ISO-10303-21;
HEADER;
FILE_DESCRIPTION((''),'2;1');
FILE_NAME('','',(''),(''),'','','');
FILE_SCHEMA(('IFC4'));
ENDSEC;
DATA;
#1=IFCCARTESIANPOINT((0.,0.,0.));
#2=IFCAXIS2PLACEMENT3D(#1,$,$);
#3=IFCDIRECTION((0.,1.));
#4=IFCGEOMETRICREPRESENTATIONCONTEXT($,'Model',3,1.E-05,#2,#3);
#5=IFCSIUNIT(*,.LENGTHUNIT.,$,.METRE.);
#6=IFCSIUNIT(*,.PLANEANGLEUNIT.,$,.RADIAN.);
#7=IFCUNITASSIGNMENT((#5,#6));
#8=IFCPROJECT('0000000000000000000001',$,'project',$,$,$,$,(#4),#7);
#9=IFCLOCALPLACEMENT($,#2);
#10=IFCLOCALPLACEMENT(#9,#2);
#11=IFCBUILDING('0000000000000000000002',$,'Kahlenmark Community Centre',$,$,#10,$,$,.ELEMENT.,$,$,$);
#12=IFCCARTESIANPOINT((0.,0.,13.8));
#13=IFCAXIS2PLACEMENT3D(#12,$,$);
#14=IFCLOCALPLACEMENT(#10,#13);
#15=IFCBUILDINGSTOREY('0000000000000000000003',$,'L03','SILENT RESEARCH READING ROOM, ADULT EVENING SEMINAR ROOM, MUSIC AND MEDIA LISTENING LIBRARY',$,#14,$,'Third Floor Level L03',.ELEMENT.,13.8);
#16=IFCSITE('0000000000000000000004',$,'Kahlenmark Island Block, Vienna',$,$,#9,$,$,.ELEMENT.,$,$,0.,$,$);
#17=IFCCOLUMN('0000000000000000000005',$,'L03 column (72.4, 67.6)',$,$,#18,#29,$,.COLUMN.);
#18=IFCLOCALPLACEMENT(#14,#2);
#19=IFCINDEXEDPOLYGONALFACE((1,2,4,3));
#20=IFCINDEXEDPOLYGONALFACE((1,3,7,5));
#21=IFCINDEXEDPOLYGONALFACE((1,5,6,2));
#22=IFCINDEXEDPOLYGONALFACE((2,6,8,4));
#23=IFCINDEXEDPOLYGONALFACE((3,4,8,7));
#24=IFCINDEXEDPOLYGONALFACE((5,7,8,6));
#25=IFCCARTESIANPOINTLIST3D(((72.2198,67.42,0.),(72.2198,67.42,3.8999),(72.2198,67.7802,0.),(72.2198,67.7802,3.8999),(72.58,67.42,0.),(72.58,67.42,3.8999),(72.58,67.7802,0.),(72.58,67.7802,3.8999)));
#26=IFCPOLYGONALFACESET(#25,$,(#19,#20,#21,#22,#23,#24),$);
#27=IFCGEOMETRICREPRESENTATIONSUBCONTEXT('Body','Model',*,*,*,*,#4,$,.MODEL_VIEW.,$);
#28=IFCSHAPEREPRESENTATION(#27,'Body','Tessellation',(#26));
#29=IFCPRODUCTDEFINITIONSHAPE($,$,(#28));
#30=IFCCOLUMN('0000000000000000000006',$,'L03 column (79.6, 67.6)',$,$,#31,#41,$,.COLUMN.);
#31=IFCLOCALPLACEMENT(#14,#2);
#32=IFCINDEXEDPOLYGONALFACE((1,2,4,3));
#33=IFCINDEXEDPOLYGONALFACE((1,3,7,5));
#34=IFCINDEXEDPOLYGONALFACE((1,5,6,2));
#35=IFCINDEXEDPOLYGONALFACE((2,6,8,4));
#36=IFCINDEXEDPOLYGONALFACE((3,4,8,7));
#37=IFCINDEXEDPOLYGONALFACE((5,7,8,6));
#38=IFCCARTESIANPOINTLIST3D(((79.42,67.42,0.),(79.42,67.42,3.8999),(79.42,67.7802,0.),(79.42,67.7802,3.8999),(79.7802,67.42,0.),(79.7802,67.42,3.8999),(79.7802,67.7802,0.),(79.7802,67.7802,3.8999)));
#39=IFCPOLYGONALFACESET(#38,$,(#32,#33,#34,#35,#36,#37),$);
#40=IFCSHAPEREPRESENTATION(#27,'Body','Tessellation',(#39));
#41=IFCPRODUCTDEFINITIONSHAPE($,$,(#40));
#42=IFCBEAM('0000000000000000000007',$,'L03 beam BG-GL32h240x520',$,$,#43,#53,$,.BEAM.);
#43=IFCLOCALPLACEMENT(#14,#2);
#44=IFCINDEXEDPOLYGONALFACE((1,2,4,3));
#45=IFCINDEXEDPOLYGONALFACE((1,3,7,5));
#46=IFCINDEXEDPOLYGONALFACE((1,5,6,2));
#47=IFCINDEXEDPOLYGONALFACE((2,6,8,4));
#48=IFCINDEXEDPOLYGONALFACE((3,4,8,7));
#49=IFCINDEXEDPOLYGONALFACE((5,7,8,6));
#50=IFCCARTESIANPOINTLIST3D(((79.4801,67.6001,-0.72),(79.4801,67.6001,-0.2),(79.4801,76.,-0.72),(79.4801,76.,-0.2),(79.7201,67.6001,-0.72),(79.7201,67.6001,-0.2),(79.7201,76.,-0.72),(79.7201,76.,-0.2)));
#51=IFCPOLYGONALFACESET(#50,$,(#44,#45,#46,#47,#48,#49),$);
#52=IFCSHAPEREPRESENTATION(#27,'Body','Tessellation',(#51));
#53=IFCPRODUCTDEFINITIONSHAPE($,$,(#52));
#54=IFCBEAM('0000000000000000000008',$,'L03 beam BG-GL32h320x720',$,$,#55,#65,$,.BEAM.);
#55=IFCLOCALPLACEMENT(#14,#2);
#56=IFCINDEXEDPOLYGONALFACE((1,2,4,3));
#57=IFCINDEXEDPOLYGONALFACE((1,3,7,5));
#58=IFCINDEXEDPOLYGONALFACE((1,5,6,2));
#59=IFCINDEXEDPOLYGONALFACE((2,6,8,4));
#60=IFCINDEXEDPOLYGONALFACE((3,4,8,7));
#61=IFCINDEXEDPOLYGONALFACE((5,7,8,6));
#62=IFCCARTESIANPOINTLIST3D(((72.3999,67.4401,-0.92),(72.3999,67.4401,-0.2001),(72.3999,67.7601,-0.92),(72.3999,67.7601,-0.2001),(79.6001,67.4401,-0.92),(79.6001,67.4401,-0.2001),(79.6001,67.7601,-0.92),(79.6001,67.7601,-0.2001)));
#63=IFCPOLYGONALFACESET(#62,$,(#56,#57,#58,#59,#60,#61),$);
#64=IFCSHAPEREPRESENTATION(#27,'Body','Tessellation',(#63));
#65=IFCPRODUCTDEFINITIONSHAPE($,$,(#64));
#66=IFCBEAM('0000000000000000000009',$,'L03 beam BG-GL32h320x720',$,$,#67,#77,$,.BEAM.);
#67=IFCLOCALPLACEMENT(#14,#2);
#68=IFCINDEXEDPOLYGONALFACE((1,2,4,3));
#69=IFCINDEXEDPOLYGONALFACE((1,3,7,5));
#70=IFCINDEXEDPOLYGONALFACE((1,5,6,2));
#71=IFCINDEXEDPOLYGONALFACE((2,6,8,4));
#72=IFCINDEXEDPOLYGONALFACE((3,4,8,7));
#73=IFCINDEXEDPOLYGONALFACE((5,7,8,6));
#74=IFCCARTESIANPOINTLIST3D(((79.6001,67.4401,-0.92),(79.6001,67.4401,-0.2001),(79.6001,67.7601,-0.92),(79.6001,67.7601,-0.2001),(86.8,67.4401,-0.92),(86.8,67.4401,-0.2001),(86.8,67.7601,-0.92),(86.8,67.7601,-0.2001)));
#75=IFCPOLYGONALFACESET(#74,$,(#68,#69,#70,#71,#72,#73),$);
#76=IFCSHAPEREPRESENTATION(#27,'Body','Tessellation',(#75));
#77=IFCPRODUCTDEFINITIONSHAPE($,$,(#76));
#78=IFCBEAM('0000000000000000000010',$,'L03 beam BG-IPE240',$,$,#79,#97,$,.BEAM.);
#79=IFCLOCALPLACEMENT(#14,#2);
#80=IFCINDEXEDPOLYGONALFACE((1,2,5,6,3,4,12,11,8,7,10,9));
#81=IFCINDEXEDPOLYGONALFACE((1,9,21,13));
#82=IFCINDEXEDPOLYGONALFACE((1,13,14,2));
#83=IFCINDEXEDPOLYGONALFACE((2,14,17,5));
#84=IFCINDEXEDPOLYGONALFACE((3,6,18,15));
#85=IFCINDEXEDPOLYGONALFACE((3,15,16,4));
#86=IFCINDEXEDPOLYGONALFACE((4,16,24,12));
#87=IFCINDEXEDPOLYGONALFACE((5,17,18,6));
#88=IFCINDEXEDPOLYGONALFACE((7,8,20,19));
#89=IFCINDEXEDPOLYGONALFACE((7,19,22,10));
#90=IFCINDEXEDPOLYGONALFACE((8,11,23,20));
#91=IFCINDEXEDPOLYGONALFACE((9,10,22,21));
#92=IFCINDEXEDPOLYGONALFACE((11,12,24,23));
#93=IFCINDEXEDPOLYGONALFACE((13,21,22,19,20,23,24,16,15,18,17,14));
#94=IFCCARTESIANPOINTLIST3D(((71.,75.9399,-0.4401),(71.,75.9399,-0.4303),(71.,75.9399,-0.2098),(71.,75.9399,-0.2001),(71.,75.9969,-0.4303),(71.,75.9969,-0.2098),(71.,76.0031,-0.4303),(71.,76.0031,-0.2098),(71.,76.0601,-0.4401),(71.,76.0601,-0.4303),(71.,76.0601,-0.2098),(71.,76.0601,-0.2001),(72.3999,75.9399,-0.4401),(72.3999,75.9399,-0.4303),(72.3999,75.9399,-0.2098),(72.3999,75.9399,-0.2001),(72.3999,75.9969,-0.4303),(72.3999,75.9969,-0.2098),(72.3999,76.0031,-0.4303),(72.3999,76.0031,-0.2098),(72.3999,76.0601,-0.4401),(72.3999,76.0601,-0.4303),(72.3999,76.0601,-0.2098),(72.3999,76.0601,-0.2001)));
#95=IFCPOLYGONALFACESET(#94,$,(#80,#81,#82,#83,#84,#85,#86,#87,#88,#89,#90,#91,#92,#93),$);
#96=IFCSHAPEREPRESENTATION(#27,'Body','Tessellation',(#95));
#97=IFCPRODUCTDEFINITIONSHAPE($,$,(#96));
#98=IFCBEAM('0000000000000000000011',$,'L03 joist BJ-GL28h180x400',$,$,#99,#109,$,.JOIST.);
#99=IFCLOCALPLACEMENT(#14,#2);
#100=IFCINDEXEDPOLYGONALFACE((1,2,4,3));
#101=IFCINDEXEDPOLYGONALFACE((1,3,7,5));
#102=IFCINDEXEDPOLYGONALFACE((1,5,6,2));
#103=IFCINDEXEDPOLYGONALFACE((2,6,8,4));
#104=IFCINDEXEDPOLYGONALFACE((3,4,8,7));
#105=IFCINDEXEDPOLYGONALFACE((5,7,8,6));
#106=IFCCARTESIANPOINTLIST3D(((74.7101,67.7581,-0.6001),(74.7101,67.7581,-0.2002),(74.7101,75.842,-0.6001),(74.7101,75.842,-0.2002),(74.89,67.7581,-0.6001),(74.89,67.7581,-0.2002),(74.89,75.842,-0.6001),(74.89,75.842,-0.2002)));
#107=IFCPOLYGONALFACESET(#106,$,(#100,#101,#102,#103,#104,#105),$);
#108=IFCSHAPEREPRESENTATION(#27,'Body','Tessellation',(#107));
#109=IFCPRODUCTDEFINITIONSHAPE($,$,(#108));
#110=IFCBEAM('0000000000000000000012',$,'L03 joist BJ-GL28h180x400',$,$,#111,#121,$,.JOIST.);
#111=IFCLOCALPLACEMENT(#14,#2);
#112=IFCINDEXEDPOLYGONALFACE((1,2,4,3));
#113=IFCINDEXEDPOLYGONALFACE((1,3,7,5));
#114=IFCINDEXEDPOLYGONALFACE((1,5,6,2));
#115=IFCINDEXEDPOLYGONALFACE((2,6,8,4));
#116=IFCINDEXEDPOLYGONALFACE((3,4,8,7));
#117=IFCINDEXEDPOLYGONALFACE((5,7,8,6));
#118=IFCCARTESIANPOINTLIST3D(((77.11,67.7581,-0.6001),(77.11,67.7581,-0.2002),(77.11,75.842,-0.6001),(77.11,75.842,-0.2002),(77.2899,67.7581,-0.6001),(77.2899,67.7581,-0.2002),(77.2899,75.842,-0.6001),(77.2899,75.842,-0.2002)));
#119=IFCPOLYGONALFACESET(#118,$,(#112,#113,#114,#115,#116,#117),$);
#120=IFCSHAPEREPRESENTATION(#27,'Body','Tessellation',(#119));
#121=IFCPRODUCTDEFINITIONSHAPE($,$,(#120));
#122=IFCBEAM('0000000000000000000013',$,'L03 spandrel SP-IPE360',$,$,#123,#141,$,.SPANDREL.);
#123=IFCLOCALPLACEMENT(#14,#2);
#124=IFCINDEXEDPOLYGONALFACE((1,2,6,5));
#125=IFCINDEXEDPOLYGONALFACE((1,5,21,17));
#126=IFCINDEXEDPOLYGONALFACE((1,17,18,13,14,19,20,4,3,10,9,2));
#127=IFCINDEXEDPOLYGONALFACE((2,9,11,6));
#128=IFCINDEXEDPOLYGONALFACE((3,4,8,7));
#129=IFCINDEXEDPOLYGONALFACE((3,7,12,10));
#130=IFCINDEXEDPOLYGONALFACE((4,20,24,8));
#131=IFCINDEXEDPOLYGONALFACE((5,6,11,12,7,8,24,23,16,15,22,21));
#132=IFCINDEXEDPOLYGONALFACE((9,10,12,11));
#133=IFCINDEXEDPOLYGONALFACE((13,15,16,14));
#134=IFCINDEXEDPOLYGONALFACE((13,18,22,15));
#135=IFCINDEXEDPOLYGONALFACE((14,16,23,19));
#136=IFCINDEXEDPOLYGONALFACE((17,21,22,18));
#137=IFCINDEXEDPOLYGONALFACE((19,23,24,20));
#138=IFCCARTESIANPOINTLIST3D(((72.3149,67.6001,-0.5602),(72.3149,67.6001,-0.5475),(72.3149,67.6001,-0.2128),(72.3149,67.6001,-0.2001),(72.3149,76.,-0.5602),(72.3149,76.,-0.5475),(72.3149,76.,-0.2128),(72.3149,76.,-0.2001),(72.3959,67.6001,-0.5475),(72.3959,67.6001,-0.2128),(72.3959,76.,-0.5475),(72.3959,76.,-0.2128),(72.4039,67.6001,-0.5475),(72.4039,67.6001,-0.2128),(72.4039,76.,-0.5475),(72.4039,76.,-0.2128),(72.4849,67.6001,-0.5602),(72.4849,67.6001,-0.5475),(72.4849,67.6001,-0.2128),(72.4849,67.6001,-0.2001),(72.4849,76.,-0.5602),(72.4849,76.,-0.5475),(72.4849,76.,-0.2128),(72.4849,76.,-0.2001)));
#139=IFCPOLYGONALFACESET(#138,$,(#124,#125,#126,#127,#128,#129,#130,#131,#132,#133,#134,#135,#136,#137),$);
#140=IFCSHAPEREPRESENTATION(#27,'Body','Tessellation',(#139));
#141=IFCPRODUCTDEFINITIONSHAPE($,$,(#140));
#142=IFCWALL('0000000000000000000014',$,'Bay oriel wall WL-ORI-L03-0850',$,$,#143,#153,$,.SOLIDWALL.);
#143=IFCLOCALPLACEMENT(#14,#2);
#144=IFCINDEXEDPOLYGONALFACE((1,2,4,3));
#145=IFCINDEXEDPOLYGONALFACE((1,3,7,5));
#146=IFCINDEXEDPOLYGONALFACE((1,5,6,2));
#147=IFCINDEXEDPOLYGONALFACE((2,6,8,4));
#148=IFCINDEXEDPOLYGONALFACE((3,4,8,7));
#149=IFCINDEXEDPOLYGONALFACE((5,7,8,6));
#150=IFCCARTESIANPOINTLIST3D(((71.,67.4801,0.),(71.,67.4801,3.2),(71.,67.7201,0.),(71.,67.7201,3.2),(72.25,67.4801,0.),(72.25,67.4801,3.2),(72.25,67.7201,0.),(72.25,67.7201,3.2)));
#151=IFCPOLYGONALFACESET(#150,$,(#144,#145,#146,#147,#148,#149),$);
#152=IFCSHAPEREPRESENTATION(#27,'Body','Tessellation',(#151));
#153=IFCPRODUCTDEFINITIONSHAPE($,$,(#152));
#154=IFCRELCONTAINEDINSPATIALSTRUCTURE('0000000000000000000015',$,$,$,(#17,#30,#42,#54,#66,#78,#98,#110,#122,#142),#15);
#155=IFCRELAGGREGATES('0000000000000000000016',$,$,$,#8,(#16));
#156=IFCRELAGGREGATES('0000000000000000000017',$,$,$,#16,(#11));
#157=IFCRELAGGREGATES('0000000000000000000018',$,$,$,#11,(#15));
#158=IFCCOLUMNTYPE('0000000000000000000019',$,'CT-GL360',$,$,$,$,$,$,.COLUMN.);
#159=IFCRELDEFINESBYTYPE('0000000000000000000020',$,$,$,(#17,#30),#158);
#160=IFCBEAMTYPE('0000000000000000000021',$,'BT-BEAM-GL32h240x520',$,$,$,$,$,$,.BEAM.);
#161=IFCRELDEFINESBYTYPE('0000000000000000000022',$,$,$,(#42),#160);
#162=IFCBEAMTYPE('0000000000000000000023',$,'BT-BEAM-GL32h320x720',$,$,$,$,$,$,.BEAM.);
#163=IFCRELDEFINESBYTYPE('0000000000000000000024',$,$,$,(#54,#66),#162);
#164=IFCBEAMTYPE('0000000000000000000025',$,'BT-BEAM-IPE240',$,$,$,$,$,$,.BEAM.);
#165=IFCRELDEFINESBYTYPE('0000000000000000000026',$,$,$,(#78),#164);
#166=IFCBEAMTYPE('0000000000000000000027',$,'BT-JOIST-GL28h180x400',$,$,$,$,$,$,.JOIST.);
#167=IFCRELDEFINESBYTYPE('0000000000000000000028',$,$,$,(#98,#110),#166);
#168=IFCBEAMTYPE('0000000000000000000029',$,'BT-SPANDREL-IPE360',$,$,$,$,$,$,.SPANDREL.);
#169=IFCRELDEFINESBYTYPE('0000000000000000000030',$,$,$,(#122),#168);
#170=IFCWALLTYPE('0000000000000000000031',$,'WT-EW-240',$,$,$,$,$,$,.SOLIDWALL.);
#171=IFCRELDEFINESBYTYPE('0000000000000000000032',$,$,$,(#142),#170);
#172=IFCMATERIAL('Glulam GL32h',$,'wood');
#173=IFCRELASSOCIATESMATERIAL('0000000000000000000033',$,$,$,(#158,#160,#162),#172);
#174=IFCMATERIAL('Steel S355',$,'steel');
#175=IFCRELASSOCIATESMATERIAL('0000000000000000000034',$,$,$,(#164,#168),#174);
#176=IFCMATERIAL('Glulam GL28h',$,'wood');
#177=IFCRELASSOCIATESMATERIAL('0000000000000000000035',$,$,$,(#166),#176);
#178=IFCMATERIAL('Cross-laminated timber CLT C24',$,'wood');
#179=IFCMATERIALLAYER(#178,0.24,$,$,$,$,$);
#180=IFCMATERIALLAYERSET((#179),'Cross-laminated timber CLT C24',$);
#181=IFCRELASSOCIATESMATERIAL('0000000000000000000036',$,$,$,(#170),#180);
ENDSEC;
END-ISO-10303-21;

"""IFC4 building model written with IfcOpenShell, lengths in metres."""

from ifc_helpers import new_model, si_unit, direction, frame, frame_2d, origin, origin_2d, place, context, subcontext, project, spatial, rectangle, i_section, extrude, material, layer, layer_set, material_profile, profile_set, type_object, element, save


model = new_model("IFC4")

# Units and contexts
model_context = context("Model", 3, precision=1e-05, world=origin(), true_north=direction((0.0, 1.0)))
body_context = subcontext(model_context, "Body", "Model", "MODEL_VIEW")
ifc_project = project(units=[si_unit("LENGTHUNIT", "METRE"), si_unit("PLANEANGLEUNIT", "RADIAN")], contexts=[model_context])

# Site, building, storey
site_placement = place(None, origin())
site = spatial("IfcSite", under=ifc_project, at=site_placement, Name="Kahlenmark Island Block, Vienna", CompositionType="ELEMENT", RefElevation=0.0)
building_placement = place(site_placement, origin())
building = spatial("IfcBuilding", under=site, at=building_placement, Name="Kahlenmark Community Centre", CompositionType="ELEMENT")
storey_placement = place(building_placement, frame((0.0, 0.0, 13.8)))
storey = spatial("IfcBuildingStorey", under=building, at=storey_placement, Name="L03", Description="SILENT RESEARCH READING ROOM, ADULT EVENING SEMINAR ROOM, MUSIC AND MEDIA LISTENING LIBRARY", LongName="Third Floor Level L03", CompositionType="ELEMENT", Elevation=13.8)

# Columns
ifc_material_1 = material(Name="Glulam GL32h", Category="wood")
ifc_material_profile_1 = material_profile(ifc_material_1, rectangle(XDim=0.3601, YDim=0.3601, at=origin_2d()), Name="GL32h 360x360")
ifc_profile_set_1 = profile_set([ifc_material_profile_1], Name="Glulam GL32h")
column_type = type_object("IfcColumnType", Name="CT-GL360", PredefinedType="COLUMN", material=ifc_profile_set_1)
for number, where, z_axis, x_axis, name in (
    (1, (72.3999, 67.6001, 0.0), (0.0, 0.0, 1.0), (1.0, 0.0, 0.0), "L03 column (72.4, 67.6)"),
    (2, (79.6001, 67.6001, 0.0), (0.0, 0.0, 1.0), (1.0, 0.0, 0.0), "L03 column (79.6, 67.6)"),
):
    element("IfcColumn", number, at=place(storey_placement, frame(where, z_axis=z_axis, x_axis=x_axis)), inside=storey, type_object=column_type, Name=name, PredefinedType="COLUMN", context=body_context, shape_type="SweptSolid", body=[
        extrude(rectangle(XDim=0.3601, YDim=0.3601, at=origin_2d()), origin(), (0.0, 0.0, 1.0), 3.8999),
    ])

# Beams
ifc_material_profile_2 = material_profile(ifc_material_1, rectangle(XDim=0.24, YDim=0.52, at=origin_2d()), Name="GL32h 240x520")
ifc_profile_set_2 = profile_set([ifc_material_profile_2], Name="Glulam GL32h")
beam_type_1 = type_object("IfcBeamType", Name="BT-BEAM-GL32h240x520", PredefinedType="BEAM", material=ifc_profile_set_2)
beam_1_placement = place(storey_placement, frame((79.6001, 67.6001, -0.46), z_axis=(0.0, 1.0, 0.0), x_axis=(-1.0, 0.0, 0.0)))
element("IfcBeam", 3, at=beam_1_placement, inside=storey, type_object=beam_type_1, Name="L03 beam BG-GL32h240x520", PredefinedType="BEAM", context=body_context, shape_type="SweptSolid", body=[
    extrude(rectangle(XDim=0.24, YDim=0.52, at=origin_2d()), origin(), (0.0, 0.0, 1.0), 8.3999),
])
ifc_material_profile_3 = material_profile(ifc_material_1, rectangle(XDim=0.3201, YDim=0.72, at=origin_2d()), Name="GL32h 320x720")
ifc_profile_set_3 = profile_set([ifc_material_profile_3], Name="Glulam GL32h")
beam_type_2 = type_object("IfcBeamType", Name="BT-BEAM-GL32h320x720", PredefinedType="BEAM", material=ifc_profile_set_3)
beam_2_placement = place(storey_placement, frame((72.3999, 67.6001, -0.5601), z_axis=(1.0, 0.0, 0.0), x_axis=(0.0, 1.0, 0.0)))
element("IfcBeam", 4, at=beam_2_placement, inside=storey, type_object=beam_type_2, Name="L03 beam BG-GL32h320x720", PredefinedType="BEAM", context=body_context, shape_type="SweptSolid", body=[
    extrude(rectangle(XDim=0.3201, YDim=0.72, at=origin_2d()), origin(), (0.0, 0.0, 1.0), 7.2002),
])
beam_3_placement = place(storey_placement, frame((79.6001, 67.6001, -0.5601), z_axis=(1.0, 0.0, 0.0), x_axis=(0.0, 1.0, 0.0)))
element("IfcBeam", 5, at=beam_3_placement, inside=storey, type_object=beam_type_2, Name="L03 beam BG-GL32h320x720", PredefinedType="BEAM", context=body_context, shape_type="SweptSolid", body=[
    extrude(rectangle(XDim=0.3201, YDim=0.72, at=origin_2d()), origin(), (0.0, 0.0, 1.0), 7.2),
])
ifc_material_2 = material(Name="Steel S355", Category="steel")
ifc_material_profile_4 = material_profile(ifc_material_2, i_section(OverallWidth=0.1201, OverallDepth=0.24, WebThickness=0.0061, FlangeThickness=0.0098, at=origin_2d()), Name="IPE 240")
ifc_profile_set_4 = profile_set([ifc_material_profile_4], Name="Steel S355")
beam_type_3 = type_object("IfcBeamType", Name="BT-BEAM-IPE240", PredefinedType="BEAM", material=ifc_profile_set_4)
beam_4_placement = place(storey_placement, frame((71.0, 76.0, -0.3201), z_axis=(1.0, 0.0, 0.0), x_axis=(0.0, 1.0, 0.0)))
element("IfcBeam", 6, at=beam_4_placement, inside=storey, type_object=beam_type_3, Name="L03 beam BG-IPE240", PredefinedType="BEAM", context=body_context, shape_type="SweptSolid", body=[
    extrude(i_section(OverallWidth=0.1201, OverallDepth=0.24, WebThickness=0.0061, FlangeThickness=0.0098, at=origin_2d()), origin(), (0.0, 0.0, 1.0), 1.3999),
])
ifc_material_3 = material(Name="Glulam GL28h", Category="wood")
ifc_material_profile_5 = material_profile(ifc_material_3, rectangle(XDim=0.1799, YDim=0.3999, at=origin_2d()), Name="GL28h 180x400")
ifc_profile_set_5 = profile_set([ifc_material_profile_5], Name="Glulam GL28h")
beam_type_4 = type_object("IfcBeamType", Name="BT-JOIST-GL28h180x400", PredefinedType="JOIST", material=ifc_profile_set_5)
for number, where, z_axis, x_axis, name in (
    (7, (74.8, 67.7581, -0.4001), (0.0, 1.0, 0.0), (-1.0, 0.0, 0.0), "L03 joist BJ-GL28h180x400"),
    (8, (77.2, 67.7581, -0.4001), (0.0, 1.0, 0.0), (-1.0, 0.0, 0.0), "L03 joist BJ-GL28h180x400"),
):
    element("IfcBeam", number, at=place(storey_placement, frame(where, z_axis=z_axis, x_axis=x_axis)), inside=storey, type_object=beam_type_4, Name=name, PredefinedType="JOIST", context=body_context, shape_type="SweptSolid", body=[
        extrude(rectangle(XDim=0.1799, YDim=0.3999, at=origin_2d()), origin(), (0.0, 0.0, 1.0), 8.084),
    ])
ifc_material_profile_6 = material_profile(ifc_material_2, i_section(OverallWidth=0.1699, OverallDepth=0.3601, WebThickness=0.0081, FlangeThickness=0.0127, at=origin_2d()), Name="IPE 360")
ifc_profile_set_6 = profile_set([ifc_material_profile_6], Name="Steel S355")
beam_type_5 = type_object("IfcBeamType", Name="BT-SPANDREL-IPE360", PredefinedType="SPANDREL", material=ifc_profile_set_6)
beam_5_placement = place(storey_placement, frame((72.3999, 67.6001, -0.3801), z_axis=(0.0, 1.0, 0.0), x_axis=(-1.0, 0.0, 0.0)))
element("IfcBeam", 9, at=beam_5_placement, inside=storey, type_object=beam_type_5, Name="L03 spandrel SP-IPE360", PredefinedType="SPANDREL", context=body_context, shape_type="SweptSolid", body=[
    extrude(i_section(OverallWidth=0.1699, OverallDepth=0.3601, WebThickness=0.0081, FlangeThickness=0.0127, at=origin_2d()), origin(), (0.0, 0.0, 1.0), 8.3999),
])

# Wall
ifc_material_4 = material(Name="Cross-laminated timber CLT C24", Category="wood")
ifc_layer_1 = layer(ifc_material_4, 0.24)
ifc_layer_set_1 = layer_set([ifc_layer_1], Name="Cross-laminated timber CLT C24")
wall_type_1 = type_object("IfcWallType", Name="WT-EW-240", PredefinedType="SOLIDWALL", material=ifc_layer_set_1)
wall_1_placement = place(storey_placement, frame((72.25, 67.6001, 0.0), z_axis=(0.0, 0.0, 1.0), x_axis=(-1.0, 0.0, 0.0)))
element("IfcWall", 10, at=wall_1_placement, inside=storey, type_object=wall_type_1, Name="Bay oriel wall WL-ORI-L03-0850", PredefinedType="SOLIDWALL", context=body_context, shape_type="SweptSolid", body=[
    extrude(rectangle(XDim=1.25, YDim=0.24, at=frame_2d((0.625, 0.0))), origin(), (0.0, 0.0, 1.0), 3.2),
])

save(model, "model.ifc")
